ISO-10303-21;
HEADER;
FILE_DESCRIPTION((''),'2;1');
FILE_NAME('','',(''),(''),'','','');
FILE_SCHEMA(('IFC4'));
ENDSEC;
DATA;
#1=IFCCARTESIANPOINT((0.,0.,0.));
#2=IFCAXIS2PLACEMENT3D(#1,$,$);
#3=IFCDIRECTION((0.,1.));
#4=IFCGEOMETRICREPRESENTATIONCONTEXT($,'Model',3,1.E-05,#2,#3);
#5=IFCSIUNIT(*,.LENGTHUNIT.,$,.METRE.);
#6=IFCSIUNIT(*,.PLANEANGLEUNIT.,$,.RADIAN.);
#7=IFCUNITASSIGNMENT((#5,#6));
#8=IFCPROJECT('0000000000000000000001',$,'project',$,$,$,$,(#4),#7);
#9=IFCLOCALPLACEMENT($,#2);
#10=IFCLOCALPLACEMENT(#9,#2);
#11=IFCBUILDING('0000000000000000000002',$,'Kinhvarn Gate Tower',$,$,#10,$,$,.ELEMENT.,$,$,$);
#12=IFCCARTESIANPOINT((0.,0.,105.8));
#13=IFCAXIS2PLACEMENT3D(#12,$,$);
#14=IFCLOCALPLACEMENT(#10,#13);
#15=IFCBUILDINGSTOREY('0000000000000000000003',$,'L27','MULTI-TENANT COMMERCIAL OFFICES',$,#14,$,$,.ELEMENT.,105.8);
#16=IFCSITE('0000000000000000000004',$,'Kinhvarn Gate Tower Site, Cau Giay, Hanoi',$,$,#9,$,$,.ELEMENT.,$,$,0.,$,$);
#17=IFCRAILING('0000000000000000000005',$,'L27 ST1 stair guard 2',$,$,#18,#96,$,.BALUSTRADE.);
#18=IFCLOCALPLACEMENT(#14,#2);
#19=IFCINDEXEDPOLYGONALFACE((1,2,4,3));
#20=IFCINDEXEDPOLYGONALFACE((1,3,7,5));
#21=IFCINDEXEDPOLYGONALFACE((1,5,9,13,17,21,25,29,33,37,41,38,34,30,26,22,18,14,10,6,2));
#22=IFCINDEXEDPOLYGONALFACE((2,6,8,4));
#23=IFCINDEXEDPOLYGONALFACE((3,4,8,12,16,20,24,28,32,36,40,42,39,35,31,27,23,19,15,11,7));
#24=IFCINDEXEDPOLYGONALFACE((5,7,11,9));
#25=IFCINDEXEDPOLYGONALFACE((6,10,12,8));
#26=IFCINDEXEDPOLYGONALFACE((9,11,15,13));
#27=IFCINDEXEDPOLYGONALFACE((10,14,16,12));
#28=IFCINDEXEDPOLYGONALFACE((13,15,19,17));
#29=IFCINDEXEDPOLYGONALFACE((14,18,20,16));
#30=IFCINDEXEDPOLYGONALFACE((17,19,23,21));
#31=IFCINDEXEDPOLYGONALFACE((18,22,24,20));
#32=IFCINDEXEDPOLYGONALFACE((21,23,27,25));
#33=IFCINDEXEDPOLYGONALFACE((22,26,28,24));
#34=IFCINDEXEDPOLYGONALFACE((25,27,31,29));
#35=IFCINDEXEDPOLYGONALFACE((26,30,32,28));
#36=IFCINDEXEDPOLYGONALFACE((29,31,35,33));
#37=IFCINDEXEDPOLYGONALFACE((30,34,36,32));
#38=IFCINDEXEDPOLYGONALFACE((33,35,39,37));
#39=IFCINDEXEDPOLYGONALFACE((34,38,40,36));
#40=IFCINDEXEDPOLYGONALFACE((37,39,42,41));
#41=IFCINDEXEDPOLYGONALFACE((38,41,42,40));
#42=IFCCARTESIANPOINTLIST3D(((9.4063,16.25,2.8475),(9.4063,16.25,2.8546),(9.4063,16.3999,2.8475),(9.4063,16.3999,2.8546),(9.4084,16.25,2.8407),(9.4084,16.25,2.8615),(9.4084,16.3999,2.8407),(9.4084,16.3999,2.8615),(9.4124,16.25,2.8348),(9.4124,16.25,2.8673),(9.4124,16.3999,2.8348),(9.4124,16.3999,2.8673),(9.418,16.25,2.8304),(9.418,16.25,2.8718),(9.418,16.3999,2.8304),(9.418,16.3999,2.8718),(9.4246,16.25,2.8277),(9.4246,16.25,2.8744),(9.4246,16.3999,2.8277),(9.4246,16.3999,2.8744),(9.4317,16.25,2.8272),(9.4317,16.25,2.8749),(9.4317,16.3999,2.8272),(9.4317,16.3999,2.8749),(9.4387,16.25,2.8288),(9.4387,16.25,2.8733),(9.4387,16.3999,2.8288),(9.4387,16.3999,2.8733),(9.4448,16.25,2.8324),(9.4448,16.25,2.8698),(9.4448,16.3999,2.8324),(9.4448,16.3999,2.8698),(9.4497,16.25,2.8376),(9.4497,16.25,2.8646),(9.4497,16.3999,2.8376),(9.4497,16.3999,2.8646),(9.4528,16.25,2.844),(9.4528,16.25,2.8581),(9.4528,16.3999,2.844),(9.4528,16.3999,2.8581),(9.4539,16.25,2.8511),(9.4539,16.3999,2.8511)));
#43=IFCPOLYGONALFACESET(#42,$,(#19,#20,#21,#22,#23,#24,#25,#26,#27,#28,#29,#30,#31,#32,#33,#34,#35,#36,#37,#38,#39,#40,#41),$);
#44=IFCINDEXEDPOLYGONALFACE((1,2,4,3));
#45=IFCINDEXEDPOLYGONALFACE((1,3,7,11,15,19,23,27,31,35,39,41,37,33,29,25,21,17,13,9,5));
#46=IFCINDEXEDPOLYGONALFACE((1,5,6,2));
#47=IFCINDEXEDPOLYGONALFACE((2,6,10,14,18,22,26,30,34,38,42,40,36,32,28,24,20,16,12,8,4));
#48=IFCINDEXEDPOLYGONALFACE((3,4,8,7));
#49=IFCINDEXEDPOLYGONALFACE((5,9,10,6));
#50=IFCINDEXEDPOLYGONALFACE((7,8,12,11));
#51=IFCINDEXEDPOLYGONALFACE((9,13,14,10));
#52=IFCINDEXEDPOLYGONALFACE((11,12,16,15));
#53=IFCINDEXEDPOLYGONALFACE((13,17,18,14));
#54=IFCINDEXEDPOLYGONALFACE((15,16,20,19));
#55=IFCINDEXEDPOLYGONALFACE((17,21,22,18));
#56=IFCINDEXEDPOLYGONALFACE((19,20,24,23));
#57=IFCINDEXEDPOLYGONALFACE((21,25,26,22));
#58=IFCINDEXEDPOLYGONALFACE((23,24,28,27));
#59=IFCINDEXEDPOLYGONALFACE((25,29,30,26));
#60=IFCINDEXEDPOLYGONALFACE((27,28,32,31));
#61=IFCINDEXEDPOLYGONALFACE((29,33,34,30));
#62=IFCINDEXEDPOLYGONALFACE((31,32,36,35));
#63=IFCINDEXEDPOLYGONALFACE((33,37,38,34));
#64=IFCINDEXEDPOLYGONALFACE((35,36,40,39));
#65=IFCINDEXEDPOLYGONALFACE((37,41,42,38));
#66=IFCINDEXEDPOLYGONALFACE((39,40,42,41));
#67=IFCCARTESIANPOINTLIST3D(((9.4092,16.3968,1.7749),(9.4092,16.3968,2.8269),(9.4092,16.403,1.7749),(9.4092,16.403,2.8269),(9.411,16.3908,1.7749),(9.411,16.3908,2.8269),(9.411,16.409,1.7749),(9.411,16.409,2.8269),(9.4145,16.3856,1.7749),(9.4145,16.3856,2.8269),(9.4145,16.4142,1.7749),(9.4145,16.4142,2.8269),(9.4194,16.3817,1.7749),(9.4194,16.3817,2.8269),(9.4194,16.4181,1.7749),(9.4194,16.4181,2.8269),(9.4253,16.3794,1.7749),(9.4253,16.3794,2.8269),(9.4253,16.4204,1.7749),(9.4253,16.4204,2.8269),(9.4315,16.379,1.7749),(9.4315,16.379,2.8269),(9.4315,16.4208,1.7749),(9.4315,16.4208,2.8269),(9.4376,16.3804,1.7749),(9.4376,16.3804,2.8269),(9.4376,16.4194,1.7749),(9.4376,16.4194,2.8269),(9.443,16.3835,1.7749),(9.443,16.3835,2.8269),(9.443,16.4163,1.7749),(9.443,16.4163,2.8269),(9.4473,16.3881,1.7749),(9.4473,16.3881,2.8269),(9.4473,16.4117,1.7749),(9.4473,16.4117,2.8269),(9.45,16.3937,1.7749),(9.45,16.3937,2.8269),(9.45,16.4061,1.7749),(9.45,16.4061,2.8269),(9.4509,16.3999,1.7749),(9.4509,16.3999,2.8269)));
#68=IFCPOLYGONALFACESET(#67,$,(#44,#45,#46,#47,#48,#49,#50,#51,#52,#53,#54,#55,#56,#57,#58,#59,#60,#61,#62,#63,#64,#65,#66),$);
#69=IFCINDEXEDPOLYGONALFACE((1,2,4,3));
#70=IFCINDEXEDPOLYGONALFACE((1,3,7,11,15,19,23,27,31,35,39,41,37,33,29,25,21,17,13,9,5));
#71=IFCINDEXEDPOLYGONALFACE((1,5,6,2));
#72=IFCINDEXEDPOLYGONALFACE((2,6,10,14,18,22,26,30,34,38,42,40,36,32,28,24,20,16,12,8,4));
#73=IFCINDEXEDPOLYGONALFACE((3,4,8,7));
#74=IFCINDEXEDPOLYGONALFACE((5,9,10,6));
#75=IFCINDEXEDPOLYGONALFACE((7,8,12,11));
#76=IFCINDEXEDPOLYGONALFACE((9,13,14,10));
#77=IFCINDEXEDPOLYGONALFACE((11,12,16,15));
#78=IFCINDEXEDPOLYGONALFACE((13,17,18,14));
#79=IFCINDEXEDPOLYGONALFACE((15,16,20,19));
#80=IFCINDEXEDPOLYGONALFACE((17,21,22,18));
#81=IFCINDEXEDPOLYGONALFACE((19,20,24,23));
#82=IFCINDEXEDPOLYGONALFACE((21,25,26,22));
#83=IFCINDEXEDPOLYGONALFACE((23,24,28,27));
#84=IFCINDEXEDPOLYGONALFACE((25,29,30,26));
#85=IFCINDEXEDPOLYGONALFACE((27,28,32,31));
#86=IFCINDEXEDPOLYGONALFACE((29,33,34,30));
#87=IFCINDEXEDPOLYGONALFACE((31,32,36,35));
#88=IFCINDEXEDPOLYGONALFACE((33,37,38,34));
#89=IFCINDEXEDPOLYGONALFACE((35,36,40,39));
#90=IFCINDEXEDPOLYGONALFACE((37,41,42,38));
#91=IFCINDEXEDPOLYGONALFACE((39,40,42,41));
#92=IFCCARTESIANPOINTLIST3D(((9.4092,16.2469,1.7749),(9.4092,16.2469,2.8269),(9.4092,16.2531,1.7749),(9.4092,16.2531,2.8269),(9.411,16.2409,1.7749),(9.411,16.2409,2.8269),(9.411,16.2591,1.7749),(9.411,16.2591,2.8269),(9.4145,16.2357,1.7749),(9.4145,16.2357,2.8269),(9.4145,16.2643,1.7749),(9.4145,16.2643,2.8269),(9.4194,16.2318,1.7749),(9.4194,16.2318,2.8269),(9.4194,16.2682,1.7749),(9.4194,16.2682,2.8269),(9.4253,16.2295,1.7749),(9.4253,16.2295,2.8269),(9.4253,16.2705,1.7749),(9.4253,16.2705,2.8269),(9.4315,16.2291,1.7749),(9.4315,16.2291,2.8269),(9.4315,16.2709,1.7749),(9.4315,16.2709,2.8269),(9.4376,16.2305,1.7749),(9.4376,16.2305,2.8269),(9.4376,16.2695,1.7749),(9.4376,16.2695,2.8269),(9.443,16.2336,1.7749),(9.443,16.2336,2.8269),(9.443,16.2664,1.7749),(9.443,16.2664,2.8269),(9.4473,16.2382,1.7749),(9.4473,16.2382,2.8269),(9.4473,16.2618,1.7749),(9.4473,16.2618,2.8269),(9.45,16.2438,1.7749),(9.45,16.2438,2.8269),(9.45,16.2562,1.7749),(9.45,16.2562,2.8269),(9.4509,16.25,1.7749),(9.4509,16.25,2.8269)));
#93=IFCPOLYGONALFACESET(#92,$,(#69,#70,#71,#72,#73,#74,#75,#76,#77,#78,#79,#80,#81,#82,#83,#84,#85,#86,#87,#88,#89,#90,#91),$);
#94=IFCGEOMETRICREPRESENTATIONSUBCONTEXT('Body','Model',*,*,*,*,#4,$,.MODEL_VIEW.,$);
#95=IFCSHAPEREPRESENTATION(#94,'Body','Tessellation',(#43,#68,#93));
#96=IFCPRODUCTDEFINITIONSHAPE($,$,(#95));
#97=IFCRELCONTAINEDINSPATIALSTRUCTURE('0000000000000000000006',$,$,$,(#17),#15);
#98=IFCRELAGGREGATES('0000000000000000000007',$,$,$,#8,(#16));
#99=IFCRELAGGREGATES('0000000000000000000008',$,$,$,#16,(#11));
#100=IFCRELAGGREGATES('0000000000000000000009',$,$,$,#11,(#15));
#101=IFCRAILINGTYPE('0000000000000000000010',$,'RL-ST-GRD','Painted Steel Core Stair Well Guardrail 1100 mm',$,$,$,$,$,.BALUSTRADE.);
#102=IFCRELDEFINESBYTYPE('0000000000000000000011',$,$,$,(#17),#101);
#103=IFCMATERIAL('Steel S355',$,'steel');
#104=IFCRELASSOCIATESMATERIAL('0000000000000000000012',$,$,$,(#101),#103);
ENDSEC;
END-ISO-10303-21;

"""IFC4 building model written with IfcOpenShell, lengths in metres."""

from ifc_helpers import new_model, si_unit, direction, frame, origin, origin_2d, place, context, subcontext, project, spatial, circle, extrude, material, type_object, element, save


model = new_model("IFC4")

# Units and contexts
model_context = context("Model", 3, precision=1e-05, world=origin(), true_north=direction((0.0, 1.0)))
body_context = subcontext(model_context, "Body", "Model", "MODEL_VIEW")
ifc_project = project(units=[si_unit("LENGTHUNIT", "METRE"), si_unit("PLANEANGLEUNIT", "RADIAN")], contexts=[model_context])

# Site, building, storey
site_placement = place(None, origin())
site = spatial("IfcSite", under=ifc_project, at=site_placement, Name="Kinhvarn Gate Tower Site, Cau Giay, Hanoi", CompositionType="ELEMENT", RefElevation=0.0)
building_placement = place(site_placement, origin())
building = spatial("IfcBuilding", under=site, at=building_placement, Name="Kinhvarn Gate Tower", CompositionType="ELEMENT")
storey_placement = place(building_placement, frame((0.0, 0.0, 105.8)))
storey = spatial("IfcBuildingStorey", under=building, at=storey_placement, Name="L27", Description="MULTI-TENANT COMMERCIAL OFFICES", CompositionType="ELEMENT", Elevation=105.8)

# Shared definitions
ifc_material_1 = material(Name="Steel S355", Category="steel")

# Railing
railing_type_1 = type_object("IfcRailingType", Name="RL-ST-GRD", Description="Painted Steel Core Stair Well Guardrail 1100 mm", PredefinedType="BALUSTRADE", material=ifc_material_1)
railing_1_placement = place(storey_placement, frame((9.4299, 16.3999, 1.7749)))
element("IfcRailing", 1, at=railing_1_placement, inside=storey, type_object=railing_type_1, Name="L27 ST1 stair guard 2", PredefinedType="BALUSTRADE", context=body_context, shape_type="SweptSolid", body=[
    extrude(circle(Radius=0.0239, at=origin_2d()), frame((0.0, 0.0, 1.0762), z_axis=(0.0, -1.0, 0.0), x_axis=(1.0, 0.0, 0.0)), (0.0, 0.0, 1.0), 0.1499),
    extrude(circle(Radius=0.021, at=origin_2d()), origin(), (0.0, 0.0, 1.0), 1.052),
    extrude(circle(Radius=0.021, at=origin_2d()), frame((0.0, -0.1499, 0.0)), (0.0, 0.0, 1.0), 1.052),
])

save(model, "model.ifc")
